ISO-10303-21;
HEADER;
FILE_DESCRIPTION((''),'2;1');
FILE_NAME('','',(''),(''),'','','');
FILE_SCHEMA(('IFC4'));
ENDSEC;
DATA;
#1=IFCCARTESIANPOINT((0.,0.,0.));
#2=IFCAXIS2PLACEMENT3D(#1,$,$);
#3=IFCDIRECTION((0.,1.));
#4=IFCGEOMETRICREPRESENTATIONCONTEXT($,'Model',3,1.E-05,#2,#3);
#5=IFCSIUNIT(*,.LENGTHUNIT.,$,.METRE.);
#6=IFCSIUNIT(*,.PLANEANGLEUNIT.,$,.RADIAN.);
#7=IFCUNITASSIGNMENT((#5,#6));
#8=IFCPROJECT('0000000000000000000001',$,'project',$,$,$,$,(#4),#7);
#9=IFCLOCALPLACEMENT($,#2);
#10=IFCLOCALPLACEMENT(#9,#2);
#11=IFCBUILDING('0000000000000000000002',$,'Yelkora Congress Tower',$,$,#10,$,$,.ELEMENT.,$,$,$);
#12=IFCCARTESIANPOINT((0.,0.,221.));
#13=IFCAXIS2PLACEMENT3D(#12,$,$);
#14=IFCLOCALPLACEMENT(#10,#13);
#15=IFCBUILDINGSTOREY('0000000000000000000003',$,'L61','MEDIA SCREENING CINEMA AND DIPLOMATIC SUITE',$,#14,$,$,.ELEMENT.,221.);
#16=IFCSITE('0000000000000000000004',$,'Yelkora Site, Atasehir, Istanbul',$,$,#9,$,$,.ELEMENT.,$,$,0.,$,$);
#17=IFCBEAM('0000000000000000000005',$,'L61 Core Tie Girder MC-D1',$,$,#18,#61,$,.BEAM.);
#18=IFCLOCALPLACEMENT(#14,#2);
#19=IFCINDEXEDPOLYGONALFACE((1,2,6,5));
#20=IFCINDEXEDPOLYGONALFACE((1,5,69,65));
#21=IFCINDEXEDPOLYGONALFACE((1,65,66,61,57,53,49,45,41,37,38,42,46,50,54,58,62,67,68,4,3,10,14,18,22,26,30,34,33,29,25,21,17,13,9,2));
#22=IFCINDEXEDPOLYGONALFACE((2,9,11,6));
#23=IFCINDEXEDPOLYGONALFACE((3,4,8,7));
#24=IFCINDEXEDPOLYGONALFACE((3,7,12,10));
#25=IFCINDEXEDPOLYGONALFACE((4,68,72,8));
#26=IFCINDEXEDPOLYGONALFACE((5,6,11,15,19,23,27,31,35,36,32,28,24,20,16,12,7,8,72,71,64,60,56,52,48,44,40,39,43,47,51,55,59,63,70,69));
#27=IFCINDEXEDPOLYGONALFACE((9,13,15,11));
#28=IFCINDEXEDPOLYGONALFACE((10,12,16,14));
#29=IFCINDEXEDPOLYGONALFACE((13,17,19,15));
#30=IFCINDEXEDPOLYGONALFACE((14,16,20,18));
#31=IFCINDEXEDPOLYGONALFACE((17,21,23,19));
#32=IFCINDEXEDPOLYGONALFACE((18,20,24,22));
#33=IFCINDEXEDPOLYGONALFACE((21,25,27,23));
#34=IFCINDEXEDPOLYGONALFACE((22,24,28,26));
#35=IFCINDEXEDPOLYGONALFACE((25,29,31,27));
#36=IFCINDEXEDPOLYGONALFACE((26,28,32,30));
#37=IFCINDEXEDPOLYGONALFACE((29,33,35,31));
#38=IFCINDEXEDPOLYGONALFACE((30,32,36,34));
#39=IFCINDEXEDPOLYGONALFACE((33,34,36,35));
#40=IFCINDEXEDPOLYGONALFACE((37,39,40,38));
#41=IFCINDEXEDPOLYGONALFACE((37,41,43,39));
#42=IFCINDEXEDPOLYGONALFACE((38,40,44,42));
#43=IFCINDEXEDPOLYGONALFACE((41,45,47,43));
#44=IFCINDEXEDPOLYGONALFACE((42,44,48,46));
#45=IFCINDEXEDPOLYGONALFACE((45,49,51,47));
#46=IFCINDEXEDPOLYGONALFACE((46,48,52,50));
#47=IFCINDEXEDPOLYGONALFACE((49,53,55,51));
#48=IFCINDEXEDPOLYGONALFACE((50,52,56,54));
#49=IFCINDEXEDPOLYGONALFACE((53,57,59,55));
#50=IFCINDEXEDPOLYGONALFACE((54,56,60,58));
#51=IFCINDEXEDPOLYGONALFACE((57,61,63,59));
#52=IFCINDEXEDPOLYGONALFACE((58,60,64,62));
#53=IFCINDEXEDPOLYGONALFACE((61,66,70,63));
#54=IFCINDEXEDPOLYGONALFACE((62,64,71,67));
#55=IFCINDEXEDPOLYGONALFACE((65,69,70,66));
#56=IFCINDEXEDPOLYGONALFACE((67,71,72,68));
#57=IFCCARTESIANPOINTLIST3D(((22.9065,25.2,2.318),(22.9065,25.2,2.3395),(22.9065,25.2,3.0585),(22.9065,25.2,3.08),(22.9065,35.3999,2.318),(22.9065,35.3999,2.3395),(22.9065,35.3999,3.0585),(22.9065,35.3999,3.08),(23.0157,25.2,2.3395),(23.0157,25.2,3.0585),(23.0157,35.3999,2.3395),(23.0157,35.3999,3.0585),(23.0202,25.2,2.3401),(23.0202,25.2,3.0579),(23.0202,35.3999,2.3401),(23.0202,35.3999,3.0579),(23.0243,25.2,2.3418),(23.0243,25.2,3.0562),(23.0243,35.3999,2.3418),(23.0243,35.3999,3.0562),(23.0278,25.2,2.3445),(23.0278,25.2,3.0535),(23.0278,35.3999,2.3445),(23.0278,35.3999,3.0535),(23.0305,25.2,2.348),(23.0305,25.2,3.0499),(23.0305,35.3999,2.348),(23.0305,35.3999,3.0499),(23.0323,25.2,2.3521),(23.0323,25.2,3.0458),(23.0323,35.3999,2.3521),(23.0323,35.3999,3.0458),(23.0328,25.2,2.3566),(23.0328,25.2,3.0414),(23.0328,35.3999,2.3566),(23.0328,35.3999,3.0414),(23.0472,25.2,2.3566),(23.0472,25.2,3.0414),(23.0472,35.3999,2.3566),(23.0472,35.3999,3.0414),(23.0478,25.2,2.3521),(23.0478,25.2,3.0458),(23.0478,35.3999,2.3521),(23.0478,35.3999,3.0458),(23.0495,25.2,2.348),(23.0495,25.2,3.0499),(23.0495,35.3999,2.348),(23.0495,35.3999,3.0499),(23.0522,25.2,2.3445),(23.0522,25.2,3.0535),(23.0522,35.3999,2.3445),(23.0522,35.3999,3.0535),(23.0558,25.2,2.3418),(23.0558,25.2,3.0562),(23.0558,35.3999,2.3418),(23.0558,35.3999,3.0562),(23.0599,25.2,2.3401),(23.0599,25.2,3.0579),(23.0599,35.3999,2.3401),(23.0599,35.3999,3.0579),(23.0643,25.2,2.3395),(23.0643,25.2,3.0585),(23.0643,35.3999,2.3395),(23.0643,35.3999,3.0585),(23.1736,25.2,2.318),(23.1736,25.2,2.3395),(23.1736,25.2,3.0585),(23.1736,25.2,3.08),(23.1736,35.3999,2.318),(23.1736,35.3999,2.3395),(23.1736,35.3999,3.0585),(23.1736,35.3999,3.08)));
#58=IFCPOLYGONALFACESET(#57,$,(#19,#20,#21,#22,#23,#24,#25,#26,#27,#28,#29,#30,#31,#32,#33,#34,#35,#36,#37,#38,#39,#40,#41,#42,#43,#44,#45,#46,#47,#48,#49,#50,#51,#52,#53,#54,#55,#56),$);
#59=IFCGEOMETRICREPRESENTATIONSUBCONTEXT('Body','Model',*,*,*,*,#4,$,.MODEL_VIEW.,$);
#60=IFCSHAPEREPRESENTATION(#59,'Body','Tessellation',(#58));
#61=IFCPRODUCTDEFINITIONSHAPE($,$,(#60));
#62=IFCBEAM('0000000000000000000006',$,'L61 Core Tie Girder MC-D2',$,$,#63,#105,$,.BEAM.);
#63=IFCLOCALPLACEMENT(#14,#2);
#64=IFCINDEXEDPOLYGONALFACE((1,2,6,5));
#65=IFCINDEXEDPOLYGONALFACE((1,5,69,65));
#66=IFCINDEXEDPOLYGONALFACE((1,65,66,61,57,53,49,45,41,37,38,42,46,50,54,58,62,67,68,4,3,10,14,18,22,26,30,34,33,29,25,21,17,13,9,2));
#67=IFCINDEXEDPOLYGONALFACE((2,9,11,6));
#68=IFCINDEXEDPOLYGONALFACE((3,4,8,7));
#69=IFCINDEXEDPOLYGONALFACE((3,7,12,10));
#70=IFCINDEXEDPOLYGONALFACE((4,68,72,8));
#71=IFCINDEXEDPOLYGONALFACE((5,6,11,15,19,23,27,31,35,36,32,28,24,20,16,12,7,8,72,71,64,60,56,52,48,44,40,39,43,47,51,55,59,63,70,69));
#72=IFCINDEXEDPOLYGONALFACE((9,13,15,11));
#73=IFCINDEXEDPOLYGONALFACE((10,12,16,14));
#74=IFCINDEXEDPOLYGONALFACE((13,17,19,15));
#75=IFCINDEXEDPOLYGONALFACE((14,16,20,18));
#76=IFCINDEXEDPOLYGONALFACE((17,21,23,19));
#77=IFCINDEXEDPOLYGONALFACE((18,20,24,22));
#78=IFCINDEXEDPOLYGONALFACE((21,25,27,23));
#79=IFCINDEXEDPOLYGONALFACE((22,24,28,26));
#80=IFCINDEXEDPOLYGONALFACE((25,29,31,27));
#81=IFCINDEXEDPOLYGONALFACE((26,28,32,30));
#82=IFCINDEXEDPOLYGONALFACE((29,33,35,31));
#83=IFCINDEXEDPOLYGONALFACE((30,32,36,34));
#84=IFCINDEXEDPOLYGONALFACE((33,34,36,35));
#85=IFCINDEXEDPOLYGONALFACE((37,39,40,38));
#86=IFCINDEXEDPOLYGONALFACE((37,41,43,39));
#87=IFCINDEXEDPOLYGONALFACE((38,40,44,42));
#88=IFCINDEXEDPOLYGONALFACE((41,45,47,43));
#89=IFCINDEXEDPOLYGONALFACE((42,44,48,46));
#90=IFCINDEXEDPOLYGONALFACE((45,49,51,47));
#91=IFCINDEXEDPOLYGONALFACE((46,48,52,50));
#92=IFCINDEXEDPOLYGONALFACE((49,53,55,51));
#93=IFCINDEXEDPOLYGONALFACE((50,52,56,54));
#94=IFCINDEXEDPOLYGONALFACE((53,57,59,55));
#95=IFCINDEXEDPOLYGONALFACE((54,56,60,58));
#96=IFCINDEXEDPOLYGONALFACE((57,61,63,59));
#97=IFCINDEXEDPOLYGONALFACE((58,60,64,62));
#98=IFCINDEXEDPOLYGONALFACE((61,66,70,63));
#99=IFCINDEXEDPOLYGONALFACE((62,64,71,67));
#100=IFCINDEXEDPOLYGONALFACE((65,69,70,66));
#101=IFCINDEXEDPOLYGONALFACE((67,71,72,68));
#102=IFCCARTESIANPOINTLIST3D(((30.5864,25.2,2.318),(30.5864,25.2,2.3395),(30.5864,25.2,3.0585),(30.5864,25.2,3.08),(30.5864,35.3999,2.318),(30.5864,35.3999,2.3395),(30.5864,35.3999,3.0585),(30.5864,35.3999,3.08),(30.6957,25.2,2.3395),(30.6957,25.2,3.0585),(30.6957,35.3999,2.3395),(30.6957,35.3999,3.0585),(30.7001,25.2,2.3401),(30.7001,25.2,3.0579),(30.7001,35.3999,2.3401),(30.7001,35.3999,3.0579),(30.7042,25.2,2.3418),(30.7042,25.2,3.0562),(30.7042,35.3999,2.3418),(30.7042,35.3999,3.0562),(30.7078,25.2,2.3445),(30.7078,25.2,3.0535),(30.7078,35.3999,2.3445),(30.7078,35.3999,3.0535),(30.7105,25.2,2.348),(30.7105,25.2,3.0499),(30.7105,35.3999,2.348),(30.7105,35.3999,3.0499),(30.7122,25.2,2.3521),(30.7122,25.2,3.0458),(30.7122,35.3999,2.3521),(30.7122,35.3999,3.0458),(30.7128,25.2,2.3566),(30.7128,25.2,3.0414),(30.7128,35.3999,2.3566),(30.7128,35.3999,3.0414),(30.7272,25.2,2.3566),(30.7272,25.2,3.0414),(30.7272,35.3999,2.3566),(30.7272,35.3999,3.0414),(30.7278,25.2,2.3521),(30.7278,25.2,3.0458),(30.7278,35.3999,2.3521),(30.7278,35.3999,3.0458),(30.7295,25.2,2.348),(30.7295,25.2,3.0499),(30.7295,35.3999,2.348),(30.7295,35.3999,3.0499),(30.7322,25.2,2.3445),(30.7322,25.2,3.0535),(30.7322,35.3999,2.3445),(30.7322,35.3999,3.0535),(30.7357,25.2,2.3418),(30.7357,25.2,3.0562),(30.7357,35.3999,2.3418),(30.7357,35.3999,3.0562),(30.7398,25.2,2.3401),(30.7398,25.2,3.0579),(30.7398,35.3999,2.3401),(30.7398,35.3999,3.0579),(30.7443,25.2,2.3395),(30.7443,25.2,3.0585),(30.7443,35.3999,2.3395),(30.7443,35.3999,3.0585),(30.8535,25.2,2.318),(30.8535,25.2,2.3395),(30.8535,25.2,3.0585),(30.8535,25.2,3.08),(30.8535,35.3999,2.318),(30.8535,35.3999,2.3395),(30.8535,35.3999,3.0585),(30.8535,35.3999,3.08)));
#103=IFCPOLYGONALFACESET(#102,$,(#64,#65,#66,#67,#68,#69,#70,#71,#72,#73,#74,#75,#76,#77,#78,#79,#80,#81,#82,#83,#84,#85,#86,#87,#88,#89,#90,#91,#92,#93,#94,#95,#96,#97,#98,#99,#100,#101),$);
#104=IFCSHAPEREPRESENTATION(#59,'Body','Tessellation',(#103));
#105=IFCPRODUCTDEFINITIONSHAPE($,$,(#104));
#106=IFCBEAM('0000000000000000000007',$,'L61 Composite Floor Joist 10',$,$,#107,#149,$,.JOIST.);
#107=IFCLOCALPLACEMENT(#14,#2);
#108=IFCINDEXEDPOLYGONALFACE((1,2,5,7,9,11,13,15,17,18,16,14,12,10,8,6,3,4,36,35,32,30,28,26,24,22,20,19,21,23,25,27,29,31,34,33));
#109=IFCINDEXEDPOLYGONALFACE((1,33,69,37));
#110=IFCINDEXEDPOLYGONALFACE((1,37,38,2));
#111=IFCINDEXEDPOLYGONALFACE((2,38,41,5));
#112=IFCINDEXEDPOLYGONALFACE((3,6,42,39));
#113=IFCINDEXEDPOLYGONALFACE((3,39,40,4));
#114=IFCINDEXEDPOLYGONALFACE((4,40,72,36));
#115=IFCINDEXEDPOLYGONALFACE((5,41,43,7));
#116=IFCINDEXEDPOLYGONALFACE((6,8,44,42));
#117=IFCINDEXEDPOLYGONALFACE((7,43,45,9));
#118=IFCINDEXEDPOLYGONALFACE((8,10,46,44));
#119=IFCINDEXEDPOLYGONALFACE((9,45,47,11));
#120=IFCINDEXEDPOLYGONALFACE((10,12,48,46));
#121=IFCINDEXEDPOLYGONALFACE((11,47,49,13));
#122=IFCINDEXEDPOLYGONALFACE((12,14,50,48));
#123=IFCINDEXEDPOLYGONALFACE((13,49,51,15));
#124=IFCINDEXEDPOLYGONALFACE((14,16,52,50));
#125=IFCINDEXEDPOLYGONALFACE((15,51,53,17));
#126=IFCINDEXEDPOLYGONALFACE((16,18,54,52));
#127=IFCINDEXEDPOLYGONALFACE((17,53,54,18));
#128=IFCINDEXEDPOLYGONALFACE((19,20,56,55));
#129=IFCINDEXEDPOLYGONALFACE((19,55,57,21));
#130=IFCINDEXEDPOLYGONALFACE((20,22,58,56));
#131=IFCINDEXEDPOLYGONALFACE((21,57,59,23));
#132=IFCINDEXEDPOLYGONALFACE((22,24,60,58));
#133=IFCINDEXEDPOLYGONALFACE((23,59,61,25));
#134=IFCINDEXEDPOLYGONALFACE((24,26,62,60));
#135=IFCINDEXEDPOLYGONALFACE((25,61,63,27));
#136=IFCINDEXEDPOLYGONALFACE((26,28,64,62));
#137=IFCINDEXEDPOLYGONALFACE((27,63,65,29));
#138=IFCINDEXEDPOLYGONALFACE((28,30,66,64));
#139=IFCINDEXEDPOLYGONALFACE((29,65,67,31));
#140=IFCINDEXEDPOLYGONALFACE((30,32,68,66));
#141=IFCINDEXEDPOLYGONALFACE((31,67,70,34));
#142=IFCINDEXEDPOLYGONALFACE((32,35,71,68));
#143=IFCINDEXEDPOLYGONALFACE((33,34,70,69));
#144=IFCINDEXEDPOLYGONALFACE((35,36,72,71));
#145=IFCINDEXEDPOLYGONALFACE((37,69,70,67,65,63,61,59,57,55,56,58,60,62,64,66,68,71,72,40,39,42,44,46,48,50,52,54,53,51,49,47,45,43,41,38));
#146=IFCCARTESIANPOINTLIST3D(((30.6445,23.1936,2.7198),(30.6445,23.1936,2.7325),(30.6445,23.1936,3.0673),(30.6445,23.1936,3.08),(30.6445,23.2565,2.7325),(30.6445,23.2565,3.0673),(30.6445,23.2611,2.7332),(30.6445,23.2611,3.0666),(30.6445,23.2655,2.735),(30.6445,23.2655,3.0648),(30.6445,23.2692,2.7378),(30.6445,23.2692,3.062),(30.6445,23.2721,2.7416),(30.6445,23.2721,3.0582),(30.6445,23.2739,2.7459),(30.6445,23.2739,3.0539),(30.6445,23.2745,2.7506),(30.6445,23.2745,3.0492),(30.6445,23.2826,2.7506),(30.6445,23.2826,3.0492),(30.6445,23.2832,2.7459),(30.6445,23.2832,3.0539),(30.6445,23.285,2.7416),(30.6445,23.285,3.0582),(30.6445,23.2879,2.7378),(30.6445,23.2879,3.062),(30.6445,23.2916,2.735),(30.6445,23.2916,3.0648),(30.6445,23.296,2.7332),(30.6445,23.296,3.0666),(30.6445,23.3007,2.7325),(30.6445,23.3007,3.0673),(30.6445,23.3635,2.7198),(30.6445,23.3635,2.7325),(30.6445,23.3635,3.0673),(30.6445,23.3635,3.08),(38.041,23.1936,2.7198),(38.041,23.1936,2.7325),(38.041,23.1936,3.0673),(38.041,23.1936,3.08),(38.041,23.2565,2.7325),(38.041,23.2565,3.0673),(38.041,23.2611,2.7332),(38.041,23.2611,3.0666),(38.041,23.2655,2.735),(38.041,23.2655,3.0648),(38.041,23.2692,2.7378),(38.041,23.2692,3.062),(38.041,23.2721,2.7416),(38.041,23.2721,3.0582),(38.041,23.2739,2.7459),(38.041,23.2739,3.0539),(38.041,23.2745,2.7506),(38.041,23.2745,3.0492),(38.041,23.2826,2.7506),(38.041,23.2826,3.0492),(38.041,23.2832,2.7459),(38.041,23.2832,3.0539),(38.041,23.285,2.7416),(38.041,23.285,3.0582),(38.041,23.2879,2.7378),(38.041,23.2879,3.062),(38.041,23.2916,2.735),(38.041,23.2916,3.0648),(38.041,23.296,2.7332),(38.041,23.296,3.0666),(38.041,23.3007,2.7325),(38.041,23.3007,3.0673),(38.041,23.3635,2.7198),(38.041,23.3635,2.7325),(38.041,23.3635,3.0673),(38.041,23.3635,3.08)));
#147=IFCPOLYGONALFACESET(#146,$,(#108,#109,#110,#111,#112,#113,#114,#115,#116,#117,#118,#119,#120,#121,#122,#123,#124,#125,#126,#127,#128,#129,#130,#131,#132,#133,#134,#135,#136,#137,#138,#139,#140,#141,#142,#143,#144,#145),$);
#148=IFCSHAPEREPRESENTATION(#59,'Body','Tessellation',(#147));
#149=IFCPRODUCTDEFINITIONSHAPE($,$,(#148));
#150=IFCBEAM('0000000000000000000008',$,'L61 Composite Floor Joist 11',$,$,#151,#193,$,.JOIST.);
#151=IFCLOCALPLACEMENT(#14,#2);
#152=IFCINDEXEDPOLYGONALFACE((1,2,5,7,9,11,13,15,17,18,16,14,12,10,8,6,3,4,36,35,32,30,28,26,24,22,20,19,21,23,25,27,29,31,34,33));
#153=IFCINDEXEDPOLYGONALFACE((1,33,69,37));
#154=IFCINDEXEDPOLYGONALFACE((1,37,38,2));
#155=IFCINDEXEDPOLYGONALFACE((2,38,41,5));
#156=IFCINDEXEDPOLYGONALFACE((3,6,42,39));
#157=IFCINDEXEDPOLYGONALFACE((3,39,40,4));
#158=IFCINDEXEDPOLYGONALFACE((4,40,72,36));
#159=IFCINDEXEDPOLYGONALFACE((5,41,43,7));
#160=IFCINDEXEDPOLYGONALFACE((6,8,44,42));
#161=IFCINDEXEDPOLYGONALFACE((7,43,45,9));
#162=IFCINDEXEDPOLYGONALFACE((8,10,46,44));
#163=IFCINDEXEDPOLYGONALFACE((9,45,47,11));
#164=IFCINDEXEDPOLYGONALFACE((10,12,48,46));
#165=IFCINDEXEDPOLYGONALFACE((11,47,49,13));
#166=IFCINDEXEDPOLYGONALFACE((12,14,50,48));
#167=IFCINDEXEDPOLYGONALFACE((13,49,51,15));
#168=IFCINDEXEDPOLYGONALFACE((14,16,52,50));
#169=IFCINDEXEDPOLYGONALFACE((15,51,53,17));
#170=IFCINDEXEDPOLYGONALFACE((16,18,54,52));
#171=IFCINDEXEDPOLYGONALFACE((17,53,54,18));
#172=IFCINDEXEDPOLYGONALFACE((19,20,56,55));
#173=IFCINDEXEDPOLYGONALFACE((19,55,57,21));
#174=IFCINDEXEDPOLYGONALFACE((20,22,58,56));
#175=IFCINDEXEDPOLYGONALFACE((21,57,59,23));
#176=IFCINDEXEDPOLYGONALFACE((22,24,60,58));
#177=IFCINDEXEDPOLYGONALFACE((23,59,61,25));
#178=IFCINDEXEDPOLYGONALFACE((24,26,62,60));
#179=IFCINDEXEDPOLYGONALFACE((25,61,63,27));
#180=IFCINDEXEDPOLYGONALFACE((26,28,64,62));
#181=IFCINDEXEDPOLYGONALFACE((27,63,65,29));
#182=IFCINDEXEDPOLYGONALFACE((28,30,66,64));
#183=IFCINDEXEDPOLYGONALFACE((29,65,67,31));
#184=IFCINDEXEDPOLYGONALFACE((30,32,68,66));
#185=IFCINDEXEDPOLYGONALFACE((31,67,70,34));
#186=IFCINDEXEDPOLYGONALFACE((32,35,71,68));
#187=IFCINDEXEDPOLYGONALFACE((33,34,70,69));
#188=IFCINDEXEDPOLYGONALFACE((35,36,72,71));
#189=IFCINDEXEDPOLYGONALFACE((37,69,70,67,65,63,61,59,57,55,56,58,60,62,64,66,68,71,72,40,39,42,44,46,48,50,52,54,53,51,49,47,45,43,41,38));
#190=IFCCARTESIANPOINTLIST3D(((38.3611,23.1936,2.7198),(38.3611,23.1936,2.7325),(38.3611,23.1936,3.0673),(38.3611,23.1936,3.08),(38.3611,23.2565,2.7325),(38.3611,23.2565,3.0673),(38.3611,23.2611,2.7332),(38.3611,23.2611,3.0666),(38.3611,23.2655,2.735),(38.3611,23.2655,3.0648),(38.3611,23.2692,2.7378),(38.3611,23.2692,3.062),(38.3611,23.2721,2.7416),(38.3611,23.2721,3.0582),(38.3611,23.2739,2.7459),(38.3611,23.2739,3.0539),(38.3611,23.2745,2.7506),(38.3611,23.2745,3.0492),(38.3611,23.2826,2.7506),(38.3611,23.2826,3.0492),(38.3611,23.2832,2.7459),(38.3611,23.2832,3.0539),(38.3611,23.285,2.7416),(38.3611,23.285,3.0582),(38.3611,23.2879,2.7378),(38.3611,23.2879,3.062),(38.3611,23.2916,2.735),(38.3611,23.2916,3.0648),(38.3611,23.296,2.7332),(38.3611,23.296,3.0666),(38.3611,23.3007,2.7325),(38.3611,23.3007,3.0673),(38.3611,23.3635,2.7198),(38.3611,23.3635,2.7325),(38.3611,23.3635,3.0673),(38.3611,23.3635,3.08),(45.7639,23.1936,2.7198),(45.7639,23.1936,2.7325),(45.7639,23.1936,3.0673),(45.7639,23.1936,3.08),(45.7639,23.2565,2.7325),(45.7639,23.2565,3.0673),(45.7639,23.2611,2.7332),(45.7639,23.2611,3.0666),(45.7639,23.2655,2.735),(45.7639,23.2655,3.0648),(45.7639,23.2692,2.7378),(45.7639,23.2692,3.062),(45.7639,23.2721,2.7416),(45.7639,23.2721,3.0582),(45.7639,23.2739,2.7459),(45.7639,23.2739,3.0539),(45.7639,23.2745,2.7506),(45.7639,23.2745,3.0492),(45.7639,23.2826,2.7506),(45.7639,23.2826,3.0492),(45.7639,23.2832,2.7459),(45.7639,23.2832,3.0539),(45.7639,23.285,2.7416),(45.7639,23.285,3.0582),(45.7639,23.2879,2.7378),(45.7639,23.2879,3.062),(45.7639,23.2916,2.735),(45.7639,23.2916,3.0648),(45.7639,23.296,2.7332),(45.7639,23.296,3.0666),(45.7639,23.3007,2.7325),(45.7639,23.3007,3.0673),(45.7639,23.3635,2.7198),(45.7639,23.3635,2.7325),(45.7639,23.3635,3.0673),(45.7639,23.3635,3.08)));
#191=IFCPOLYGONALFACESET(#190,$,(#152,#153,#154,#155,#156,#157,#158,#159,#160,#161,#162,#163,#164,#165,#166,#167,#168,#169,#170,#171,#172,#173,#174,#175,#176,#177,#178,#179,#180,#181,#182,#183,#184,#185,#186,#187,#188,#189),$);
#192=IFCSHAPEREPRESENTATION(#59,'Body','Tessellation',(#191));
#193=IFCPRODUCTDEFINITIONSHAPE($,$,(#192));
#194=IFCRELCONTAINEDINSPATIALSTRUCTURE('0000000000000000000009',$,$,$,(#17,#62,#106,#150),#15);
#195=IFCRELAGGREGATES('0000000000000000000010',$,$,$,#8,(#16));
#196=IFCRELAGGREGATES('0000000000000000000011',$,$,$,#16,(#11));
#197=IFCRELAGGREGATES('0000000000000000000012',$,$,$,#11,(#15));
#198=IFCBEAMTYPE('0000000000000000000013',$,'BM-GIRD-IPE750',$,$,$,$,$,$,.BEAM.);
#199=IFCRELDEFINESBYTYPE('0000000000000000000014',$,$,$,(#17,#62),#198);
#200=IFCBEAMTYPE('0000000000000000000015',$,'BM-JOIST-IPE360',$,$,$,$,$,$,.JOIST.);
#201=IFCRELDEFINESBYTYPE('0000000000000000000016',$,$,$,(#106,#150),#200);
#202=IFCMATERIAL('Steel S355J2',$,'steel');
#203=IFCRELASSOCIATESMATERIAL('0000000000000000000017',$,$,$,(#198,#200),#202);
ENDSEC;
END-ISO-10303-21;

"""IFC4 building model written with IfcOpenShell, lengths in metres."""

from ifc_helpers import new_model, si_unit, direction, frame, origin, origin_2d, place, context, subcontext, project, spatial, i_section, extrude, material, material_profile, profile_set, type_object, element, save


model = new_model("IFC4")

# Units and contexts
model_context = context("Model", 3, precision=1e-05, world=origin(), true_north=direction((0.0, 1.0)))
body_context = subcontext(model_context, "Body", "Model", "MODEL_VIEW")
ifc_project = project(units=[si_unit("LENGTHUNIT", "METRE"), si_unit("PLANEANGLEUNIT", "RADIAN")], contexts=[model_context])

# Site, building, storey
site_placement = place(None, origin())
site = spatial("IfcSite", under=ifc_project, at=site_placement, Name="Yelkora Site, Atasehir, Istanbul", CompositionType="ELEMENT", RefElevation=0.0)
building_placement = place(site_placement, origin())
building = spatial("IfcBuilding", under=site, at=building_placement, Name="Yelkora Congress Tower", CompositionType="ELEMENT")
storey_placement = place(building_placement, frame((0.0, 0.0, 221.0)))
storey = spatial("IfcBuildingStorey", under=building, at=storey_placement, Name="L61", Description="MEDIA SCREENING CINEMA AND DIPLOMATIC SUITE", CompositionType="ELEMENT", Elevation=221.0)

# Beams
ifc_material_1 = material(Name="Steel S355J2", Category="steel")
ifc_material_profile_1 = material_profile(ifc_material_1, i_section(OverallWidth=0.2671, OverallDepth=0.762, WebThickness=0.0144, FlangeThickness=0.0215, FilletRadius=0.0171, at=origin_2d()), Name="IPE 750x173")
ifc_profile_set_1 = profile_set([ifc_material_profile_1], Name="Steel S355J2")
beam_type_1 = type_object("IfcBeamType", Name="BM-GIRD-IPE750", PredefinedType="BEAM", material=ifc_profile_set_1)
for number, where, z_axis, x_axis, name in (
    (1, (23.04, 25.2, 2.699), (0.0, 1.0, 0.0), (-1.0, 0.0, 0.0), "L61 Core Tie Girder MC-D1"),
    (2, (30.72, 25.2, 2.699), (0.0, 1.0, 0.0), (-1.0, 0.0, 0.0), "L61 Core Tie Girder MC-D2"),
):
    element("IfcBeam", number, at=place(storey_placement, frame(where, z_axis=z_axis, x_axis=x_axis)), inside=storey, type_object=beam_type_1, Name=name, PredefinedType="BEAM", context=body_context, shape_type="SweptSolid", body=[
        extrude(i_section(OverallWidth=0.2671, OverallDepth=0.762, WebThickness=0.0144, FlangeThickness=0.0215, FilletRadius=0.0171, at=origin_2d()), origin(), (0.0, 0.0, 1.0), 10.2),
    ])
ifc_material_profile_2 = material_profile(ifc_material_1, i_section(OverallWidth=0.1699, OverallDepth=0.3601, WebThickness=0.0081, FlangeThickness=0.0127, FilletRadius=0.0181, at=origin_2d()), Name="IPE 360")
ifc_profile_set_2 = profile_set([ifc_material_profile_2], Name="Steel S355J2")
beam_type_2 = type_object("IfcBeamType", Name="BM-JOIST-IPE360", PredefinedType="JOIST", material=ifc_profile_set_2)
beam_1_placement = place(storey_placement, frame((30.6445, 23.2786, 2.8999), z_axis=(1.0, 0.0, 0.0), x_axis=(0.0, 1.0, 0.0)))
element("IfcBeam", 3, at=beam_1_placement, inside=storey, type_object=beam_type_2, Name="L61 Composite Floor Joist 10", PredefinedType="JOIST", context=body_context, shape_type="SweptSolid", body=[
    extrude(i_section(OverallWidth=0.1699, OverallDepth=0.3601, WebThickness=0.0081, FlangeThickness=0.0127, FilletRadius=0.0181, at=origin_2d()), origin(), (0.0, 0.0, 1.0), 7.3965),
])
beam_2_placement = place(storey_placement, frame((38.3611, 23.2786, 2.8999), z_axis=(1.0, 0.0, 0.0), x_axis=(0.0, 1.0, 0.0)))
element("IfcBeam", 4, at=beam_2_placement, inside=storey, type_object=beam_type_2, Name="L61 Composite Floor Joist 11", PredefinedType="JOIST", context=body_context, shape_type="SweptSolid", body=[
    extrude(i_section(OverallWidth=0.1699, OverallDepth=0.3601, WebThickness=0.0081, FlangeThickness=0.0127, FilletRadius=0.0181, at=origin_2d()), origin(), (0.0, 0.0, 1.0), 7.4028),
])

save(model, "model.ifc")
